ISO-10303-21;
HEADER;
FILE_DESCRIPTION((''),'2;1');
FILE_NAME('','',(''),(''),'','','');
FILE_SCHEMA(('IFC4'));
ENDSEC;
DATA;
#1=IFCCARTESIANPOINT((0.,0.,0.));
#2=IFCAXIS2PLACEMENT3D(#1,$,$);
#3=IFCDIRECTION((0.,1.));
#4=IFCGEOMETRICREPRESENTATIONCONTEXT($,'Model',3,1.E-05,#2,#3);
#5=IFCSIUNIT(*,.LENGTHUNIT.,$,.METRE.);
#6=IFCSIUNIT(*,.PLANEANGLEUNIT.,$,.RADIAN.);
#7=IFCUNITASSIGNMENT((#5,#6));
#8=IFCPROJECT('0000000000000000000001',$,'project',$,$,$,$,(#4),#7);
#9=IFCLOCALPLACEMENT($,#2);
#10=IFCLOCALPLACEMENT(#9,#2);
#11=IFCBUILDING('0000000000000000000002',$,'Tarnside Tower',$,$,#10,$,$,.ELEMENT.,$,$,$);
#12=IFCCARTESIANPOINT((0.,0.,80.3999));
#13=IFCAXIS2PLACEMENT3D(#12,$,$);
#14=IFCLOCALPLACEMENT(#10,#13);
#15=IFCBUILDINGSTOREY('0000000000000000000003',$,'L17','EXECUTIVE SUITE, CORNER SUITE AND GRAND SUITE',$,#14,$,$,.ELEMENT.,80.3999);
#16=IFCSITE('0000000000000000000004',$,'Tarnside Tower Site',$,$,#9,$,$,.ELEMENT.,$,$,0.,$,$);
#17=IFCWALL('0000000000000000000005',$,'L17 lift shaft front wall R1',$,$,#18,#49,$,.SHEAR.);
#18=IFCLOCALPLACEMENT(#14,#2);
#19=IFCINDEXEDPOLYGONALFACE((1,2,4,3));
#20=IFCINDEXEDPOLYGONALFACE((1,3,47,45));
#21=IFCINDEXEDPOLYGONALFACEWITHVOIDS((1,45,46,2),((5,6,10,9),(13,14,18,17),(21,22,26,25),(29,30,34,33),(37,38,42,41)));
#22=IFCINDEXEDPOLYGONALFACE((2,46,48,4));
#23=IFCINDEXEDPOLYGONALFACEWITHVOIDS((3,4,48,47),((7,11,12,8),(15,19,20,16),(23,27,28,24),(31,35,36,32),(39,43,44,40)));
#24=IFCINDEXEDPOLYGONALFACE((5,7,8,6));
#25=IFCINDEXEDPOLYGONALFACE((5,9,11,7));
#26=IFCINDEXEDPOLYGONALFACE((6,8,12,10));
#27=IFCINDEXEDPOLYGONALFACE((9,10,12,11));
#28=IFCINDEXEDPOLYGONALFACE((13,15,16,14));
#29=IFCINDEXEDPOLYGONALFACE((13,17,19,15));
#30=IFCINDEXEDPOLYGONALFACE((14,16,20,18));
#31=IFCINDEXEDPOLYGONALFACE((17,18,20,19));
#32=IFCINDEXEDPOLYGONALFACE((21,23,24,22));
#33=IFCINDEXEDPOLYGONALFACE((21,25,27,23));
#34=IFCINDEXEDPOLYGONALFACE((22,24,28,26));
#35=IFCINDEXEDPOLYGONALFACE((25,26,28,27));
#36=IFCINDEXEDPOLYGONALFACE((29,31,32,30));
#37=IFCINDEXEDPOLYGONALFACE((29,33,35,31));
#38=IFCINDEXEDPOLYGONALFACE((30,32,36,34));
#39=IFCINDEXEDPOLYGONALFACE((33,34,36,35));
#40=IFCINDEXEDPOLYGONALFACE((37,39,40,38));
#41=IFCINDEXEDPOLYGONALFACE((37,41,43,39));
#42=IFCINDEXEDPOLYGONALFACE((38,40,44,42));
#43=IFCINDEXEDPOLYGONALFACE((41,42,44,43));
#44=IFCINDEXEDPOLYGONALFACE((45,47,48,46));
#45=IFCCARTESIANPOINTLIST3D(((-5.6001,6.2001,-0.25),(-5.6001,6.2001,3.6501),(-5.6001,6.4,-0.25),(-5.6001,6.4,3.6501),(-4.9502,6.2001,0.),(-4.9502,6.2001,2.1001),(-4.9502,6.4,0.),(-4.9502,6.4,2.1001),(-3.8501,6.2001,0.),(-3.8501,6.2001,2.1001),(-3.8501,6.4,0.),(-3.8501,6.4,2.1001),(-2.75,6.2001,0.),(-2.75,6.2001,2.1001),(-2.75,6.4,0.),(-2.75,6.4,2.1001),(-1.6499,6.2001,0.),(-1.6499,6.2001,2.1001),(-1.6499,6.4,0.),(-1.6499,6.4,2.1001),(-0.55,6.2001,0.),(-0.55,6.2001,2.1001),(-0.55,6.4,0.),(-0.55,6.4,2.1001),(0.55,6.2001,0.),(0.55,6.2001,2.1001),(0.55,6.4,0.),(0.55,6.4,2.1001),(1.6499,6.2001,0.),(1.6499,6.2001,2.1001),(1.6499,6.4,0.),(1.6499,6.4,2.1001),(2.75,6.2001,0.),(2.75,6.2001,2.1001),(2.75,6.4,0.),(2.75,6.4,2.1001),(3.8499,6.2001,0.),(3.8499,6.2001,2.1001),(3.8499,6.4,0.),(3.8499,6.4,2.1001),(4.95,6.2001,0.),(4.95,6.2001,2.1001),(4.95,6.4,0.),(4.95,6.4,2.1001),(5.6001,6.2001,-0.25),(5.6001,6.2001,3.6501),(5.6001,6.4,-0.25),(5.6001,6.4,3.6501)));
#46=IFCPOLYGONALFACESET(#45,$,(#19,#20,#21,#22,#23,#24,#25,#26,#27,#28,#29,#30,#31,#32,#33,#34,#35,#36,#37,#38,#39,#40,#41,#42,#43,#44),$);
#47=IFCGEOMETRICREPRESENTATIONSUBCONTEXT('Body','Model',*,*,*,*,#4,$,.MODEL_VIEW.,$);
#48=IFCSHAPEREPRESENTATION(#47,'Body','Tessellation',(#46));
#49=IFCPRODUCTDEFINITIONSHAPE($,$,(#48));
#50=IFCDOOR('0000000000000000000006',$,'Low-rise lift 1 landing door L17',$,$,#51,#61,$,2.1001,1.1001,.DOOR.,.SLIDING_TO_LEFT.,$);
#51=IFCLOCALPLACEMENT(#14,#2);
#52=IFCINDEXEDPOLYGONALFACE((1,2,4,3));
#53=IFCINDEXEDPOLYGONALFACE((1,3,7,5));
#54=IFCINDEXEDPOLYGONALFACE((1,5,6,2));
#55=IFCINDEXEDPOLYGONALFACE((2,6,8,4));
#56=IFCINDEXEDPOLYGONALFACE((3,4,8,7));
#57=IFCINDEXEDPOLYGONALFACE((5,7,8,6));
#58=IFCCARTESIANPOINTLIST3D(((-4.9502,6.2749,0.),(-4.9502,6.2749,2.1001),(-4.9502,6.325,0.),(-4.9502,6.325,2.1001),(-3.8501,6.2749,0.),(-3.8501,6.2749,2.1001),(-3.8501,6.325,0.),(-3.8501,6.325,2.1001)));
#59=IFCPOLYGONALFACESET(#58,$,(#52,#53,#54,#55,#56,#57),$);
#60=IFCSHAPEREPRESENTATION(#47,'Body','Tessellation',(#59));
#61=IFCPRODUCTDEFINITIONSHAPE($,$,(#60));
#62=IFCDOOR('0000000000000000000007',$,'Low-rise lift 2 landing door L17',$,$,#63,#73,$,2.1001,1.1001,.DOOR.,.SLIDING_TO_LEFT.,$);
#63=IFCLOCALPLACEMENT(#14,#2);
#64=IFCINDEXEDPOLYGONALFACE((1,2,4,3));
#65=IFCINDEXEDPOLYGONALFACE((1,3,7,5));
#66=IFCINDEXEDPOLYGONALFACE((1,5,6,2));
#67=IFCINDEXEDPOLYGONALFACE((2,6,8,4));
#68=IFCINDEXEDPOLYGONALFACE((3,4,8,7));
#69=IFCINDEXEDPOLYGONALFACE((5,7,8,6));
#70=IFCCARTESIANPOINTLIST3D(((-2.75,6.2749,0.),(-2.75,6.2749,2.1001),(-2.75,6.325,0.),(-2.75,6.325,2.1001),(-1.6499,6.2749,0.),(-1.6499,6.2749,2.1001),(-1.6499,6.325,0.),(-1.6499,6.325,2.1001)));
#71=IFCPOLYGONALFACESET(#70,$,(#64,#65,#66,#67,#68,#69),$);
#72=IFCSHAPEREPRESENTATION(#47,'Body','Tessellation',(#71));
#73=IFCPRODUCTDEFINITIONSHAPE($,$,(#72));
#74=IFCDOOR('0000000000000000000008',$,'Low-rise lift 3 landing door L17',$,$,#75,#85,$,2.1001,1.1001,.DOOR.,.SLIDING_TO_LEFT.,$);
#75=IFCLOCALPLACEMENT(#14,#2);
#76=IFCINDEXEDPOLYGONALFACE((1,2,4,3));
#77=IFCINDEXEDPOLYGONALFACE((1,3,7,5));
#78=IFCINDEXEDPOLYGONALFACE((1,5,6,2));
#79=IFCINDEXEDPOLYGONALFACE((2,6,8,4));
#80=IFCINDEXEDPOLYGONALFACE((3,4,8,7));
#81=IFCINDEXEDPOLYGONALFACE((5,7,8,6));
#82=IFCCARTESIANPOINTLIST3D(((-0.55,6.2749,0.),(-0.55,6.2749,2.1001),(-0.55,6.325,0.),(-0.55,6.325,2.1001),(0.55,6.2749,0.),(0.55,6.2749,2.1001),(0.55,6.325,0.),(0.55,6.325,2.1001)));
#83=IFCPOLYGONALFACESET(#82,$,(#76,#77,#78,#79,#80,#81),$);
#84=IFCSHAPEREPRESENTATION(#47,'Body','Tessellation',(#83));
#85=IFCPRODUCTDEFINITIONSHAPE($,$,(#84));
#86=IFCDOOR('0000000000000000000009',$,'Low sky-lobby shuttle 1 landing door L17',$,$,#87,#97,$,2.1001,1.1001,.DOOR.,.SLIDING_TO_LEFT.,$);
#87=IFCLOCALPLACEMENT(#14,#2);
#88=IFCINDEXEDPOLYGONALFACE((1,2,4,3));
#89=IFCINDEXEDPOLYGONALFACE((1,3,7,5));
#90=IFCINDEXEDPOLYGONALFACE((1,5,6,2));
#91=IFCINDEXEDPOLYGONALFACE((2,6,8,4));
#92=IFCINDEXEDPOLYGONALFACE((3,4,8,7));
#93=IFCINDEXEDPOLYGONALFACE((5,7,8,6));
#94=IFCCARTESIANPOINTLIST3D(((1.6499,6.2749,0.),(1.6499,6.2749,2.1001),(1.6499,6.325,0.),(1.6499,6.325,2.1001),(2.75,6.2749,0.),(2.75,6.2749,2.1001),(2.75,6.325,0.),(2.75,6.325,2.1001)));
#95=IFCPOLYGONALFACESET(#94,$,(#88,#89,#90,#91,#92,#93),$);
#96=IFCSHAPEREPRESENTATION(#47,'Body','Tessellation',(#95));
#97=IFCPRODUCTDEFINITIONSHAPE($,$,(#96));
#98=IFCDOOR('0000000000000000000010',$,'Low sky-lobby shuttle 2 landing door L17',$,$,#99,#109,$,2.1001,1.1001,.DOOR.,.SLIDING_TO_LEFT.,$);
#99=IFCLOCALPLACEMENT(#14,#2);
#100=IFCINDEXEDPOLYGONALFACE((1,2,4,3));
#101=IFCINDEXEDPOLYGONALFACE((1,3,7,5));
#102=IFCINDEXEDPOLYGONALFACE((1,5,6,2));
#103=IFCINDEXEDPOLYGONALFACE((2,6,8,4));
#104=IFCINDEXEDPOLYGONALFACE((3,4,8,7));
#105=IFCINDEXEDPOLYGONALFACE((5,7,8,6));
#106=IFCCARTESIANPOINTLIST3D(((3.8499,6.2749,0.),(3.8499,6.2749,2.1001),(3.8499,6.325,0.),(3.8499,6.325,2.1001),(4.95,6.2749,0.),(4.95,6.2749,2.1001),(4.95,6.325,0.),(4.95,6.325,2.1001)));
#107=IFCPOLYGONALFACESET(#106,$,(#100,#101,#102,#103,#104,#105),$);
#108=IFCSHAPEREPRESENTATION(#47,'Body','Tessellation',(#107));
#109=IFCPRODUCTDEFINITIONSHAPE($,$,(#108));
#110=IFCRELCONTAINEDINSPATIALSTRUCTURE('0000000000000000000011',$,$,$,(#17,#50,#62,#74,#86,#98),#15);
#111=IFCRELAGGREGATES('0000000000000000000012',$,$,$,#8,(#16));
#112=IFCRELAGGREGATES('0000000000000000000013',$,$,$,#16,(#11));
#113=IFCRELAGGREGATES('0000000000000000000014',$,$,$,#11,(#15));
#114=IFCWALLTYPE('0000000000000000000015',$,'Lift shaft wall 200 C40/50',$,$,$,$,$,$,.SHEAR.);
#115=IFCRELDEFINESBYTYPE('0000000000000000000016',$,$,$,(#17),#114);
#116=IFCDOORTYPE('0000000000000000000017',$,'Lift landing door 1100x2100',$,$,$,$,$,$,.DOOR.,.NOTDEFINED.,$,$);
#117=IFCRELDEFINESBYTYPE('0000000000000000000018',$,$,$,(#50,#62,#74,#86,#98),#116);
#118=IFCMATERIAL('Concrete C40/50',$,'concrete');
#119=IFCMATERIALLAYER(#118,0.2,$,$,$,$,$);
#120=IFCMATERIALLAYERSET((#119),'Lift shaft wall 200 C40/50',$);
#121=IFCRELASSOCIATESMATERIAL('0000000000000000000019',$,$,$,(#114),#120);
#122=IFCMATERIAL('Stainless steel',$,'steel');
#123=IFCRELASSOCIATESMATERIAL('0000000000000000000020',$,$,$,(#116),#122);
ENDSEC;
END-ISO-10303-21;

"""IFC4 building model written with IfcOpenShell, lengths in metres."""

from ifc_helpers import new_model, si_unit, direction, frame, frame_2d, origin, place, context, subcontext, project, spatial, rectangle, extrude, material, layer, layer_set, type_object, element, fill, save


model = new_model("IFC4")

# Units and contexts
model_context = context("Model", 3, precision=1e-05, world=origin(), true_north=direction((0.0, 1.0)))
body_context = subcontext(model_context, "Body", "Model", "MODEL_VIEW")
ifc_project = project(units=[si_unit("LENGTHUNIT", "METRE"), si_unit("PLANEANGLEUNIT", "RADIAN")], contexts=[model_context])

# Site, building, storey
site_placement = place(None, origin())
site = spatial("IfcSite", under=ifc_project, at=site_placement, Name="Tarnside Tower Site", CompositionType="ELEMENT", RefElevation=0.0)
building_placement = place(site_placement, origin())
building = spatial("IfcBuilding", under=site, at=building_placement, Name="Tarnside Tower", CompositionType="ELEMENT")
storey_placement = place(building_placement, frame((0.0, 0.0, 80.3999)))
storey = spatial("IfcBuildingStorey", under=building, at=storey_placement, Name="L17", Description="EXECUTIVE SUITE, CORNER SUITE AND GRAND SUITE", CompositionType="ELEMENT", Elevation=80.3999)

# Wall, openings, doors
ifc_material_1 = material(Name="Concrete C40/50", Category="concrete")
ifc_layer_1 = layer(ifc_material_1, 0.2)
ifc_layer_set_1 = layer_set([ifc_layer_1], Name="Lift shaft wall 200 C40/50")
wall_type_1 = type_object("IfcWallType", Name="Lift shaft wall 200 C40/50", PredefinedType="SHEAR", material=ifc_layer_set_1)
wall_1_placement = place(storey_placement, frame((-5.6001, 6.3, -0.25), z_axis=(0.0, 0.0, 1.0), x_axis=(1.0, 0.0, 0.0)))
wall_1 = element("IfcWall", 1, at=wall_1_placement, inside=storey, type_object=wall_type_1, Name="L17 lift shaft front wall R1", PredefinedType="SHEAR", context=body_context, shape_type="SweptSolid", body=[
    extrude(rectangle(XDim=11.2002, YDim=0.2, at=frame_2d((5.6001, 0.0))), origin(), (0.0, 0.0, 1.0), 3.9001),
])
opening_1_placement = place(wall_1_placement, frame((0.6499, 0.0, 0.25)))
opening_1 = element("IfcOpeningElement", 2, at=opening_1_placement, cuts=wall_1, PredefinedType="OPENING", context=body_context, shape_type="SweptSolid", body=[
    extrude(rectangle(XDim=1.1001, YDim=2.1001, at=frame_2d((0.55, 1.05))), frame((0.0, 0.1099, 0.0), z_axis=(0.0, -1.0, 0.0), x_axis=(1.0, 0.0, 0.0)), (0.0, 0.0, 1.0), 0.22),
])
opening_2_placement = place(wall_1_placement, frame((2.8501, 0.0, 0.25)))
opening_2 = element("IfcOpeningElement", 3, at=opening_2_placement, cuts=wall_1, PredefinedType="OPENING", context=body_context, shape_type="SweptSolid", body=[
    extrude(rectangle(XDim=1.1001, YDim=2.1001, at=frame_2d((0.55, 1.05))), frame((0.0, 0.1099, 0.0), z_axis=(0.0, -1.0, 0.0), x_axis=(1.0, 0.0, 0.0)), (0.0, 0.0, 1.0), 0.22),
])
opening_3_placement = place(wall_1_placement, frame((5.05, 0.0, 0.25)))
opening_3 = element("IfcOpeningElement", 4, at=opening_3_placement, cuts=wall_1, PredefinedType="OPENING", context=body_context, shape_type="SweptSolid", body=[
    extrude(rectangle(XDim=1.1001, YDim=2.1001, at=frame_2d((0.55, 1.05))), frame((0.0, 0.1099, 0.0), z_axis=(0.0, -1.0, 0.0), x_axis=(1.0, 0.0, 0.0)), (0.0, 0.0, 1.0), 0.22),
])
opening_4_placement = place(wall_1_placement, frame((7.25, 0.0, 0.25)))
opening_4 = element("IfcOpeningElement", 5, at=opening_4_placement, cuts=wall_1, PredefinedType="OPENING", context=body_context, shape_type="SweptSolid", body=[
    extrude(rectangle(XDim=1.1001, YDim=2.1001, at=frame_2d((0.55, 1.05))), frame((0.0, 0.1099, 0.0), z_axis=(0.0, -1.0, 0.0), x_axis=(1.0, 0.0, 0.0)), (0.0, 0.0, 1.0), 0.22),
])
opening_5_placement = place(wall_1_placement, frame((9.45, 0.0, 0.25)))
opening_5 = element("IfcOpeningElement", 6, at=opening_5_placement, cuts=wall_1, PredefinedType="OPENING", context=body_context, shape_type="SweptSolid", body=[
    extrude(rectangle(XDim=1.1001, YDim=2.1001, at=frame_2d((0.55, 1.05))), frame((0.0, 0.1099, 0.0), z_axis=(0.0, -1.0, 0.0), x_axis=(1.0, 0.0, 0.0)), (0.0, 0.0, 1.0), 0.22),
])
ifc_material_2 = material(Name="Stainless steel", Category="steel")
door_type_1 = type_object("IfcDoorType", Name="Lift landing door 1100x2100", OperationType="NOTDEFINED", PredefinedType="DOOR", material=ifc_material_2)
door_1_placement = place(opening_1_placement, origin())
door_1 = element("IfcDoor", 7, at=door_1_placement, inside=storey, type_object=door_type_1, Name="Low-rise lift 1 landing door L17", OperationType="SLIDING_TO_LEFT", OverallHeight=2.1001, OverallWidth=1.1001, PredefinedType="DOOR", context=body_context, shape_type="SweptSolid", body=[
    extrude(rectangle(XDim=1.1001, YDim=2.1001, at=frame_2d((0.55, 1.05))), frame((0.0, 0.0249, 0.0), z_axis=(0.0, -1.0, 0.0), x_axis=(1.0, 0.0, 0.0)), (0.0, 0.0, 1.0), 0.05),
])
fill(opening_1, door_1)
door_2_placement = place(opening_2_placement, origin())
door_2 = element("IfcDoor", 8, at=door_2_placement, inside=storey, type_object=door_type_1, Name="Low-rise lift 2 landing door L17", OperationType="SLIDING_TO_LEFT", OverallHeight=2.1001, OverallWidth=1.1001, PredefinedType="DOOR", context=body_context, shape_type="SweptSolid", body=[
    extrude(rectangle(XDim=1.1001, YDim=2.1001, at=frame_2d((0.55, 1.05))), frame((0.0, 0.0249, 0.0), z_axis=(0.0, -1.0, 0.0), x_axis=(1.0, 0.0, 0.0)), (0.0, 0.0, 1.0), 0.05),
])
fill(opening_2, door_2)
door_3_placement = place(opening_3_placement, origin())
door_3 = element("IfcDoor", 9, at=door_3_placement, inside=storey, type_object=door_type_1, Name="Low-rise lift 3 landing door L17", OperationType="SLIDING_TO_LEFT", OverallHeight=2.1001, OverallWidth=1.1001, PredefinedType="DOOR", context=body_context, shape_type="SweptSolid", body=[
    extrude(rectangle(XDim=1.1001, YDim=2.1001, at=frame_2d((0.55, 1.05))), frame((0.0, 0.0249, 0.0), z_axis=(0.0, -1.0, 0.0), x_axis=(1.0, 0.0, 0.0)), (0.0, 0.0, 1.0), 0.05),
])
fill(opening_3, door_3)
door_4_placement = place(opening_4_placement, origin())
door_4 = element("IfcDoor", 10, at=door_4_placement, inside=storey, type_object=door_type_1, Name="Low sky-lobby shuttle 1 landing door L17", OperationType="SLIDING_TO_LEFT", OverallHeight=2.1001, OverallWidth=1.1001, PredefinedType="DOOR", context=body_context, shape_type="SweptSolid", body=[
    extrude(rectangle(XDim=1.1001, YDim=2.1001, at=frame_2d((0.55, 1.05))), frame((0.0, 0.0249, 0.0), z_axis=(0.0, -1.0, 0.0), x_axis=(1.0, 0.0, 0.0)), (0.0, 0.0, 1.0), 0.05),
])
fill(opening_4, door_4)
door_5_placement = place(opening_5_placement, origin())
door_5 = element("IfcDoor", 11, at=door_5_placement, inside=storey, type_object=door_type_1, Name="Low sky-lobby shuttle 2 landing door L17", OperationType="SLIDING_TO_LEFT", OverallHeight=2.1001, OverallWidth=1.1001, PredefinedType="DOOR", context=body_context, shape_type="SweptSolid", body=[
    extrude(rectangle(XDim=1.1001, YDim=2.1001, at=frame_2d((0.55, 1.05))), frame((0.0, 0.0249, 0.0), z_axis=(0.0, -1.0, 0.0), x_axis=(1.0, 0.0, 0.0)), (0.0, 0.0, 1.0), 0.05),
])
fill(opening_5, door_5)

save(model, "model.ifc")
